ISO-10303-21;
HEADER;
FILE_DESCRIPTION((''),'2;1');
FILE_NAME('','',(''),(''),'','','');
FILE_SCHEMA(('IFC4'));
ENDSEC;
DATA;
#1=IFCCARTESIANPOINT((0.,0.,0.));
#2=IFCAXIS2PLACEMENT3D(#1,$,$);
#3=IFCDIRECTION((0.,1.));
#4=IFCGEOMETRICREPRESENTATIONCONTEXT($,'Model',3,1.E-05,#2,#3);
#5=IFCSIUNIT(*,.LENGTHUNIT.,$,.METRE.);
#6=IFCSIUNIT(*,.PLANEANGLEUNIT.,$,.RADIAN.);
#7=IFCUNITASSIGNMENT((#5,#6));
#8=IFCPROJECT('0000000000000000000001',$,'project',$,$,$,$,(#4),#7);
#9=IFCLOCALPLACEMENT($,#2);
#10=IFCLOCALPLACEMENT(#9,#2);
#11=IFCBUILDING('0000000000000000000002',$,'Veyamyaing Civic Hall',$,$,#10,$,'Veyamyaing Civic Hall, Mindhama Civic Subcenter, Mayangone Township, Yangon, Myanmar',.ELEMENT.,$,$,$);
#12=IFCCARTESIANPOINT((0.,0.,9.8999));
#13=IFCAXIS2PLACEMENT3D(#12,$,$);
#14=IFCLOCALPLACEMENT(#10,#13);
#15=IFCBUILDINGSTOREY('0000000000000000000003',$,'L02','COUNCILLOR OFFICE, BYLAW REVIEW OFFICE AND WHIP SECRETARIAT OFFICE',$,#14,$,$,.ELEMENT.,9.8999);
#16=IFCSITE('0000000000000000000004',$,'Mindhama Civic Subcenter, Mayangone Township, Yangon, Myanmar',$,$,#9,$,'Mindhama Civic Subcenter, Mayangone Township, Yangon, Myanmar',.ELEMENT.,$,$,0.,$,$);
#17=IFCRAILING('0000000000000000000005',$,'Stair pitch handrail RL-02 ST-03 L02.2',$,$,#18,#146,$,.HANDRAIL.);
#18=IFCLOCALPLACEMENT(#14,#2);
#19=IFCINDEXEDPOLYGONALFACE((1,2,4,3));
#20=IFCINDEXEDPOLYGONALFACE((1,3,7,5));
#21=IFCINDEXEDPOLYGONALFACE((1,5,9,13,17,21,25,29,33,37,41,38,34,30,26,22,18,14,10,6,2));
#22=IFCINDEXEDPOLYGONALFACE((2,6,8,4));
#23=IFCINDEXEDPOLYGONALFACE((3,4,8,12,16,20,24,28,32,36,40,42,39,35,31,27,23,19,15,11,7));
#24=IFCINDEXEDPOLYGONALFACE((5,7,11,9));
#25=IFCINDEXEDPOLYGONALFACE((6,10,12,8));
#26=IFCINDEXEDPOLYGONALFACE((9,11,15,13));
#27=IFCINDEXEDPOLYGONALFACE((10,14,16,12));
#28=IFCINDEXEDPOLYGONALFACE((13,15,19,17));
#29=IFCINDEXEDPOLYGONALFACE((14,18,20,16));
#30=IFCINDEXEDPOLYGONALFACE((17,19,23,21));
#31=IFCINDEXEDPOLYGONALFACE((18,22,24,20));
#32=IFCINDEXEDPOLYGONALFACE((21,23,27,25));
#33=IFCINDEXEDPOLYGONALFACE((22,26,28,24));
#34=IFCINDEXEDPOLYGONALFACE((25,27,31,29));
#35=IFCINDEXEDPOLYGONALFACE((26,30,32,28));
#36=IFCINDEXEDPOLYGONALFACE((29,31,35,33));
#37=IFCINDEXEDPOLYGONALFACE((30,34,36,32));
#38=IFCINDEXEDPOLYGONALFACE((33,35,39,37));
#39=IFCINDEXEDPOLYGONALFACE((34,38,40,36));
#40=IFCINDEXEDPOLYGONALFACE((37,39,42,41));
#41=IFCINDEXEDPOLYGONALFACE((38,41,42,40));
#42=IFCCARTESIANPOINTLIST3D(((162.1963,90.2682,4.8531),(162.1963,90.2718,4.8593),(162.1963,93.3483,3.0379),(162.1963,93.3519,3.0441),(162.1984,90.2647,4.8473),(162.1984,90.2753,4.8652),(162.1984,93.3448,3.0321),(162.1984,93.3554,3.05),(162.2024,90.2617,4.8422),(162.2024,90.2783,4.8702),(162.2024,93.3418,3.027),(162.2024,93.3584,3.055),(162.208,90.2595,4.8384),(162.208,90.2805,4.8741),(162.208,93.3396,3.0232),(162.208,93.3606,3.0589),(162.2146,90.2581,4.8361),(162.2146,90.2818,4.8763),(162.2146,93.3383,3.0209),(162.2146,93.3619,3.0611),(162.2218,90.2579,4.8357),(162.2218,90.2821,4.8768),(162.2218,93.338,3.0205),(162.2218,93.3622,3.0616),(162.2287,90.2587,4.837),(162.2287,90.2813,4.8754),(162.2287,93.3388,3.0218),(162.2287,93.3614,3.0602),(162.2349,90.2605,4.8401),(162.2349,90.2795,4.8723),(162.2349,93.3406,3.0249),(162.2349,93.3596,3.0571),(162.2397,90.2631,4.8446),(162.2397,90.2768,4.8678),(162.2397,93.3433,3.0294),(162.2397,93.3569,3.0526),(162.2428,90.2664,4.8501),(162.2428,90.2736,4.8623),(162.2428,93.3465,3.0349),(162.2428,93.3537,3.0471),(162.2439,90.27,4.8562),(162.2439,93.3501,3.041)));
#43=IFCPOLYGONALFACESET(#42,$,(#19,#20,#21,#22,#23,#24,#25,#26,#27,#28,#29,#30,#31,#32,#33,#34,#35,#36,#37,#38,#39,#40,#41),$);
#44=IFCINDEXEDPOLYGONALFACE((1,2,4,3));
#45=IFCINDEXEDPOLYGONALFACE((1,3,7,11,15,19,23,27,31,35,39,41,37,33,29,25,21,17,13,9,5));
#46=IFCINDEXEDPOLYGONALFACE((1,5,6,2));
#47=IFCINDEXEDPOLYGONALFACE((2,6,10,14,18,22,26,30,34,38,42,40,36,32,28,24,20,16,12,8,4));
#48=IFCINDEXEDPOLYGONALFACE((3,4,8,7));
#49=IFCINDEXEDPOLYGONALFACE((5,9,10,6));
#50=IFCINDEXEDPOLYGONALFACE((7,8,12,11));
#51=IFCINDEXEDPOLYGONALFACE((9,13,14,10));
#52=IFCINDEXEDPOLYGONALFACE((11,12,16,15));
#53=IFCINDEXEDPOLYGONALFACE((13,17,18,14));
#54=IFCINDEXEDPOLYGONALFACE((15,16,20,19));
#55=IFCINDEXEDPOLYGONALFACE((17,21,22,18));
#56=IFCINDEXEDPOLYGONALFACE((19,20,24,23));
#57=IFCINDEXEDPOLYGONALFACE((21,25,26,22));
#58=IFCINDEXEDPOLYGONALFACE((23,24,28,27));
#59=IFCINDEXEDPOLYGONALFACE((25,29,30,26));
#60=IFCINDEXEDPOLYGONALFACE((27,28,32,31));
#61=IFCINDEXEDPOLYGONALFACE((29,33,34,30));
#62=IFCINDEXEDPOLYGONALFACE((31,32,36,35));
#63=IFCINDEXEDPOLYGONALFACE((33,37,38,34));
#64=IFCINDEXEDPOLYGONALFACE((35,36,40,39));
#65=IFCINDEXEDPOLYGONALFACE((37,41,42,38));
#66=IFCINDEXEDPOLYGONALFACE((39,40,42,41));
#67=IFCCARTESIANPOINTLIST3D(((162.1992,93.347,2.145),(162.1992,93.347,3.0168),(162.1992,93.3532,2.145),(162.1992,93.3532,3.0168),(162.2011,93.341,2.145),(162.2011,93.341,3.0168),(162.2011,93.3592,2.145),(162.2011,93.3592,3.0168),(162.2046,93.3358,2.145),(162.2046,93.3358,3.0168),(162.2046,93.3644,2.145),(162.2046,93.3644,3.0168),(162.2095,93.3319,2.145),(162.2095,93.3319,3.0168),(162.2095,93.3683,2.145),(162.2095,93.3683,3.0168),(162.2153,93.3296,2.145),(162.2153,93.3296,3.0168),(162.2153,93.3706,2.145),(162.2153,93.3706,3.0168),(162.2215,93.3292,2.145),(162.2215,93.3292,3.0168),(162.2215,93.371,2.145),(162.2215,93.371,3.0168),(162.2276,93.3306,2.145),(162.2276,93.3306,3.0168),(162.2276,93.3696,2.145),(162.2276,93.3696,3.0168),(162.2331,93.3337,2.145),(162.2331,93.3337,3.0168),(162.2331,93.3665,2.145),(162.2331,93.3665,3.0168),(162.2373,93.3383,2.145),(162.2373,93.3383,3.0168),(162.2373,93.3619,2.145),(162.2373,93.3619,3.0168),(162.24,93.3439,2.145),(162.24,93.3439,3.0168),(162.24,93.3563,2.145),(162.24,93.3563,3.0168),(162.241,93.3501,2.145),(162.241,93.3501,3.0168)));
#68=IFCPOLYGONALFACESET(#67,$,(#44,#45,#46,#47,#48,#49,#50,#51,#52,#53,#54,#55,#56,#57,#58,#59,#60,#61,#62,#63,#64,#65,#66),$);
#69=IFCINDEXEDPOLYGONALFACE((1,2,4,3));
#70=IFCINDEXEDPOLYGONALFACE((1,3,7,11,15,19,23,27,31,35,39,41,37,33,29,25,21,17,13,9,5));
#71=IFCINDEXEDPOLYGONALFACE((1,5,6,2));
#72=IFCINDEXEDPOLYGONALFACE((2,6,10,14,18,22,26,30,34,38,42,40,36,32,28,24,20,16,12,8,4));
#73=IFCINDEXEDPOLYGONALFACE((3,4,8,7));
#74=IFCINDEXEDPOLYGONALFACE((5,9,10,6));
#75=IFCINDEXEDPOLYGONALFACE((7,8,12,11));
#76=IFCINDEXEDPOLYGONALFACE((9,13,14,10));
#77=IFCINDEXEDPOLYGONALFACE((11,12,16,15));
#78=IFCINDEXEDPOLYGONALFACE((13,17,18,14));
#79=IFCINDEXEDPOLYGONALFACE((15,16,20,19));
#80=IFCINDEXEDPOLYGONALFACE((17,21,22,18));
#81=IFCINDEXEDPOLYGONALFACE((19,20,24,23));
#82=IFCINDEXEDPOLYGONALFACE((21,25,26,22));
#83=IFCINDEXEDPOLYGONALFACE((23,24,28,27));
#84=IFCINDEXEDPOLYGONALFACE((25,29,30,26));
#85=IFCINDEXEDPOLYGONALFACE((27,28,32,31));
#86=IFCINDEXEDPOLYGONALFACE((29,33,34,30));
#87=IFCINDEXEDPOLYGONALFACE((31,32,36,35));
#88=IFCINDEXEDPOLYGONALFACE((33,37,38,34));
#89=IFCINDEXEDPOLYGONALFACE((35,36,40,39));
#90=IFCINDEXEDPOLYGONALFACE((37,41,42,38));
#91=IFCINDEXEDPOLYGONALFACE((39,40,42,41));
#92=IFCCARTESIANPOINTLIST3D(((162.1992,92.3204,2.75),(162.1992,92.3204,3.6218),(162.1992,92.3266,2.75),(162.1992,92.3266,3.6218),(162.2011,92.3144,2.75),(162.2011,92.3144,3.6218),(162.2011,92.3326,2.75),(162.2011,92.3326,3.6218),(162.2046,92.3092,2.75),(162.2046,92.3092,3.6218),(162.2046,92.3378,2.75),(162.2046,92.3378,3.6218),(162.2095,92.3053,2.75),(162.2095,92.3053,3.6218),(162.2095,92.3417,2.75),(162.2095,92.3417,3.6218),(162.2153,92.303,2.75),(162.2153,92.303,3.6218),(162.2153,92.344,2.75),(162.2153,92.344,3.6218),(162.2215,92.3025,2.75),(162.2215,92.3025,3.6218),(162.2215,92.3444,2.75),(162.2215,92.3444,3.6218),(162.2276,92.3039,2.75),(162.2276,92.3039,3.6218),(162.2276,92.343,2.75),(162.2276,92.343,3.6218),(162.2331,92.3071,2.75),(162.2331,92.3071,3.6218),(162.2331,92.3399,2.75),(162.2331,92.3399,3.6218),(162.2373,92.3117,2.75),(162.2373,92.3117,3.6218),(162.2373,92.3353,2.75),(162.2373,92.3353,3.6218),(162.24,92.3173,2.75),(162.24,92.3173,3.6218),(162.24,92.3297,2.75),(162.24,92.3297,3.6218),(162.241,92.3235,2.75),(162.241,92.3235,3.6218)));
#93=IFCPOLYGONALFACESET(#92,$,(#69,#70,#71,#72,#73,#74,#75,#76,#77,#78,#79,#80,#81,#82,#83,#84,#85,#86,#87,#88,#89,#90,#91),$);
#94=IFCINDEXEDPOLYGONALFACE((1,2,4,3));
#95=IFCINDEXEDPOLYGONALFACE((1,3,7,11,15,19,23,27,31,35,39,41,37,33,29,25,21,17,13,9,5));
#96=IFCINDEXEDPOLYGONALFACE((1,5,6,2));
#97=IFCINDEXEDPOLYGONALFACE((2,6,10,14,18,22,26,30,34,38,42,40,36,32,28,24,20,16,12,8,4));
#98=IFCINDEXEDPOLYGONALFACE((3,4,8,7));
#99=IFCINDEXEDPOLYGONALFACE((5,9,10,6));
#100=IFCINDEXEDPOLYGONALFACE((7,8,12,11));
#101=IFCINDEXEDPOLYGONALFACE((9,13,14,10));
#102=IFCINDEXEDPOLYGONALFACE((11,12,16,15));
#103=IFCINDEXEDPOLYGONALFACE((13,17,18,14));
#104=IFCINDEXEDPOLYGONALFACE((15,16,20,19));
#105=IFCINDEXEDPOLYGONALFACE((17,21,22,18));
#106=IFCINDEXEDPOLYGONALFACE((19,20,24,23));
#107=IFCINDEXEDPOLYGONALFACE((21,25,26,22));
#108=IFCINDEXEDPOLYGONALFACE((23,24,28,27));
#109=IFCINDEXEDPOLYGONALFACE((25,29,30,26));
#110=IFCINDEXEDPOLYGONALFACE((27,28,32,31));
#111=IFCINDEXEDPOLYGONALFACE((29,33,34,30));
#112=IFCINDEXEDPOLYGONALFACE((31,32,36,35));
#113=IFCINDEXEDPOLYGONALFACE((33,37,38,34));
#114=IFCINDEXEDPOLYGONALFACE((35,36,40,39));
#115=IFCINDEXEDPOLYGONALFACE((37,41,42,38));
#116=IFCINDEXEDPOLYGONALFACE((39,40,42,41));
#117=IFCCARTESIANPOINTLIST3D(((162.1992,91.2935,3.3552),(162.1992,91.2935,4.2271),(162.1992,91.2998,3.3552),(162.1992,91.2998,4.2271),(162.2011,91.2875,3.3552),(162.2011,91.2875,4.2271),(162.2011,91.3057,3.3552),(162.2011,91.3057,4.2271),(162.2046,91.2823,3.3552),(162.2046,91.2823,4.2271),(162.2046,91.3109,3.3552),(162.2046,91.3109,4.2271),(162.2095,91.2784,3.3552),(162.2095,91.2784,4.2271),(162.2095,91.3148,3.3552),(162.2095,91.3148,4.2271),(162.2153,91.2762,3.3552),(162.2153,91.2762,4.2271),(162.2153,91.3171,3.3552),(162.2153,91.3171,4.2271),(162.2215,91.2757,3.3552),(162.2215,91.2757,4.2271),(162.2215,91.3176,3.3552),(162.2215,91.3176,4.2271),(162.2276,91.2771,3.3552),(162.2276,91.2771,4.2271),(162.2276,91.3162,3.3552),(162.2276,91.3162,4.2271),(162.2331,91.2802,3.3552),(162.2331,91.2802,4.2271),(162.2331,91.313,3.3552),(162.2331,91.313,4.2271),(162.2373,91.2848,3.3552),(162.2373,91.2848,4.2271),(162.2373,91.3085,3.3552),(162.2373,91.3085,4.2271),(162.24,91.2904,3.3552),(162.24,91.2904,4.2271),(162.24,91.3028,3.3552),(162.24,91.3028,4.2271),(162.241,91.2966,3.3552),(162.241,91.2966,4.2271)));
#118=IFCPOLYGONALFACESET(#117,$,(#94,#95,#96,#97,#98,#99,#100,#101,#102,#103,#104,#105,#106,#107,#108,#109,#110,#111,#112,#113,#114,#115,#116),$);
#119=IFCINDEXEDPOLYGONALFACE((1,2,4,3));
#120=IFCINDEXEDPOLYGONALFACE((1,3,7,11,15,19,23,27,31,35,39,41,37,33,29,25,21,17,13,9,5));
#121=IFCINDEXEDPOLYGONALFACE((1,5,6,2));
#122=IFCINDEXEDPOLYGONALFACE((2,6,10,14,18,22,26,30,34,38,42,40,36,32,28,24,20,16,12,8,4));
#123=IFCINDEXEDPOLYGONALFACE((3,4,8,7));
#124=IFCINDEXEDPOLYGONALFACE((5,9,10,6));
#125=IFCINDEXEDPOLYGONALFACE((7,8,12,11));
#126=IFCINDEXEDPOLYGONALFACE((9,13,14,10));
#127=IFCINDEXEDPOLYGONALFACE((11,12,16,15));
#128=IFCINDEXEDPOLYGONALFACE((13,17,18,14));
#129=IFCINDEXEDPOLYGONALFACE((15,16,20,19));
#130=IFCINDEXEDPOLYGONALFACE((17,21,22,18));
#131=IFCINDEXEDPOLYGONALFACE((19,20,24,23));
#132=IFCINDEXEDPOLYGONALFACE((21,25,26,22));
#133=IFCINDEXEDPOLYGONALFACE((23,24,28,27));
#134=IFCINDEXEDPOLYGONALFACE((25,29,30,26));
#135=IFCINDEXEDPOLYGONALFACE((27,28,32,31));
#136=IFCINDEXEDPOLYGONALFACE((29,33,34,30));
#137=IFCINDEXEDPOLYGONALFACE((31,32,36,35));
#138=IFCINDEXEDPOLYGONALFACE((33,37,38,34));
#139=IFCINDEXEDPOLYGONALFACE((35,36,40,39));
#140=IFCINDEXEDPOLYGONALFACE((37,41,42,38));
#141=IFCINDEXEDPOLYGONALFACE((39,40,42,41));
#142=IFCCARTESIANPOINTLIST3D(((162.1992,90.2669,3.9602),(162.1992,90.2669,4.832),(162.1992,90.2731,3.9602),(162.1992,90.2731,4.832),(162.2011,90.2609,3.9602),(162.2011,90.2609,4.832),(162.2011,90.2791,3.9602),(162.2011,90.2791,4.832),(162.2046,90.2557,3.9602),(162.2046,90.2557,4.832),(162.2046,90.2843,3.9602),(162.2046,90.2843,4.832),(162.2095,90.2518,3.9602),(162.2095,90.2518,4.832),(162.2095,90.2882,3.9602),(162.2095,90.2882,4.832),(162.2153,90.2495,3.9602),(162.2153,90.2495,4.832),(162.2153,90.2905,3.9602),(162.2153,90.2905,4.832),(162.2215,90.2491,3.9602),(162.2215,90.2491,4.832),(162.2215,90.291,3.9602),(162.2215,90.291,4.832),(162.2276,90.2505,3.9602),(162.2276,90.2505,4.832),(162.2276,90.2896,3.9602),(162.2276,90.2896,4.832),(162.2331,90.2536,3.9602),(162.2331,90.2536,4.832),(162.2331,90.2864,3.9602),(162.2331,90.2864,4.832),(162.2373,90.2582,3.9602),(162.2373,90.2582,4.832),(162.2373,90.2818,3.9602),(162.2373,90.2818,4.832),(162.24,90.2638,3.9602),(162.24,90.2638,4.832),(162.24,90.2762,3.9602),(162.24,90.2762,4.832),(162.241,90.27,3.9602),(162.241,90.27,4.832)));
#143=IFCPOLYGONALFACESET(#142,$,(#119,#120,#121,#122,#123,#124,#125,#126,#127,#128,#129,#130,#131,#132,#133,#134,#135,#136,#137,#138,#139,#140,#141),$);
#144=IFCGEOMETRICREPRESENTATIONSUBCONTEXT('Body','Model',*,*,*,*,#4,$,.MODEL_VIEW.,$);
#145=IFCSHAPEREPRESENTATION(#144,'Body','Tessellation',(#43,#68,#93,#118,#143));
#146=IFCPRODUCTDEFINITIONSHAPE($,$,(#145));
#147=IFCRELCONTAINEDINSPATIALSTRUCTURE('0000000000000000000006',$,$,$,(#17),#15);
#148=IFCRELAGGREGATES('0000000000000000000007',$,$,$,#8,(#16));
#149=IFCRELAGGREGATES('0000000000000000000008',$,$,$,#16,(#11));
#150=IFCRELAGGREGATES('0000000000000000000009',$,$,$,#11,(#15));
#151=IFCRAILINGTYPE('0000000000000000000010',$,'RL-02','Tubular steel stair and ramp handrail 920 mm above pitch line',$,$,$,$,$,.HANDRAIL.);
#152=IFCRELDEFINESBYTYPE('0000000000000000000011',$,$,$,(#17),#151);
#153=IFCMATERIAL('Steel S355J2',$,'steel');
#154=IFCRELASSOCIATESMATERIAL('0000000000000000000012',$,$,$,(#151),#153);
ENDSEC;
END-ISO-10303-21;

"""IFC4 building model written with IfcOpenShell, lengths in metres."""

from ifc_helpers import new_model, si_unit, direction, frame, origin, origin_2d, place, context, subcontext, project, spatial, circle, extrude, material, type_object, element, save


model = new_model("IFC4")

# Units and contexts
model_context = context("Model", 3, precision=1e-05, world=origin(), true_north=direction((0.0, 1.0)))
body_context = subcontext(model_context, "Body", "Model", "MODEL_VIEW")
ifc_project = project(units=[si_unit("LENGTHUNIT", "METRE"), si_unit("PLANEANGLEUNIT", "RADIAN")], contexts=[model_context])

# Site, building, storey
site_placement = place(None, origin())
site = spatial("IfcSite", under=ifc_project, at=site_placement, Name="Mindhama Civic Subcenter, Mayangone Township, Yangon, Myanmar", LongName="Mindhama Civic Subcenter, Mayangone Township, Yangon, Myanmar", CompositionType="ELEMENT", RefElevation=0.0)
building_placement = place(site_placement, origin())
building = spatial("IfcBuilding", under=site, at=building_placement, Name="Veyamyaing Civic Hall", LongName="Veyamyaing Civic Hall, Mindhama Civic Subcenter, Mayangone Township, Yangon, Myanmar", CompositionType="ELEMENT")
storey_placement = place(building_placement, frame((0.0, 0.0, 9.8999)))
storey = spatial("IfcBuildingStorey", under=building, at=storey_placement, Name="L02", Description="COUNCILLOR OFFICE, BYLAW REVIEW OFFICE AND WHIP SECRETARIAT OFFICE", CompositionType="ELEMENT", Elevation=9.8999)

# Railing
ifc_material_1 = material(Name="Steel S355J2", Category="steel")
railing_type_1 = type_object("IfcRailingType", Name="RL-02", Description="Tubular steel stair and ramp handrail 920 mm above pitch line", PredefinedType="HANDRAIL", material=ifc_material_1)
railing_1_placement = place(storey_placement, frame((162.22, 93.3501, 2.145)))
element("IfcRailing", 1, at=railing_1_placement, inside=storey, type_object=railing_type_1, Name="Stair pitch handrail RL-02 ST-03 L02.2", PredefinedType="HANDRAIL", context=body_context, shape_type="SweptSolid", body=[
    extrude(circle(Radius=0.0239, at=origin_2d()), frame((0.0, 0.0, 0.896), z_axis=(0.0, -0.861521, 0.507721), x_axis=(1.0, 0.0, 0.0)), (0.0, 0.0, 1.0), 3.5752),
    extrude(circle(Radius=0.021, at=origin_2d()), origin(), (0.0, 0.0, 1.0), 0.8718),
    extrude(circle(Radius=0.021, at=origin_2d()), frame((0.0, -1.0266, 0.605)), (0.0, 0.0, 1.0), 0.8718),
    extrude(circle(Radius=0.021, at=origin_2d()), frame((0.0, -2.0535, 1.2102)), (0.0, 0.0, 1.0), 0.8718),
    extrude(circle(Radius=0.021, at=origin_2d()), frame((0.0, -3.0801, 1.8152)), (0.0, 0.0, 1.0), 0.8718),
])

save(model, "model.ifc")
